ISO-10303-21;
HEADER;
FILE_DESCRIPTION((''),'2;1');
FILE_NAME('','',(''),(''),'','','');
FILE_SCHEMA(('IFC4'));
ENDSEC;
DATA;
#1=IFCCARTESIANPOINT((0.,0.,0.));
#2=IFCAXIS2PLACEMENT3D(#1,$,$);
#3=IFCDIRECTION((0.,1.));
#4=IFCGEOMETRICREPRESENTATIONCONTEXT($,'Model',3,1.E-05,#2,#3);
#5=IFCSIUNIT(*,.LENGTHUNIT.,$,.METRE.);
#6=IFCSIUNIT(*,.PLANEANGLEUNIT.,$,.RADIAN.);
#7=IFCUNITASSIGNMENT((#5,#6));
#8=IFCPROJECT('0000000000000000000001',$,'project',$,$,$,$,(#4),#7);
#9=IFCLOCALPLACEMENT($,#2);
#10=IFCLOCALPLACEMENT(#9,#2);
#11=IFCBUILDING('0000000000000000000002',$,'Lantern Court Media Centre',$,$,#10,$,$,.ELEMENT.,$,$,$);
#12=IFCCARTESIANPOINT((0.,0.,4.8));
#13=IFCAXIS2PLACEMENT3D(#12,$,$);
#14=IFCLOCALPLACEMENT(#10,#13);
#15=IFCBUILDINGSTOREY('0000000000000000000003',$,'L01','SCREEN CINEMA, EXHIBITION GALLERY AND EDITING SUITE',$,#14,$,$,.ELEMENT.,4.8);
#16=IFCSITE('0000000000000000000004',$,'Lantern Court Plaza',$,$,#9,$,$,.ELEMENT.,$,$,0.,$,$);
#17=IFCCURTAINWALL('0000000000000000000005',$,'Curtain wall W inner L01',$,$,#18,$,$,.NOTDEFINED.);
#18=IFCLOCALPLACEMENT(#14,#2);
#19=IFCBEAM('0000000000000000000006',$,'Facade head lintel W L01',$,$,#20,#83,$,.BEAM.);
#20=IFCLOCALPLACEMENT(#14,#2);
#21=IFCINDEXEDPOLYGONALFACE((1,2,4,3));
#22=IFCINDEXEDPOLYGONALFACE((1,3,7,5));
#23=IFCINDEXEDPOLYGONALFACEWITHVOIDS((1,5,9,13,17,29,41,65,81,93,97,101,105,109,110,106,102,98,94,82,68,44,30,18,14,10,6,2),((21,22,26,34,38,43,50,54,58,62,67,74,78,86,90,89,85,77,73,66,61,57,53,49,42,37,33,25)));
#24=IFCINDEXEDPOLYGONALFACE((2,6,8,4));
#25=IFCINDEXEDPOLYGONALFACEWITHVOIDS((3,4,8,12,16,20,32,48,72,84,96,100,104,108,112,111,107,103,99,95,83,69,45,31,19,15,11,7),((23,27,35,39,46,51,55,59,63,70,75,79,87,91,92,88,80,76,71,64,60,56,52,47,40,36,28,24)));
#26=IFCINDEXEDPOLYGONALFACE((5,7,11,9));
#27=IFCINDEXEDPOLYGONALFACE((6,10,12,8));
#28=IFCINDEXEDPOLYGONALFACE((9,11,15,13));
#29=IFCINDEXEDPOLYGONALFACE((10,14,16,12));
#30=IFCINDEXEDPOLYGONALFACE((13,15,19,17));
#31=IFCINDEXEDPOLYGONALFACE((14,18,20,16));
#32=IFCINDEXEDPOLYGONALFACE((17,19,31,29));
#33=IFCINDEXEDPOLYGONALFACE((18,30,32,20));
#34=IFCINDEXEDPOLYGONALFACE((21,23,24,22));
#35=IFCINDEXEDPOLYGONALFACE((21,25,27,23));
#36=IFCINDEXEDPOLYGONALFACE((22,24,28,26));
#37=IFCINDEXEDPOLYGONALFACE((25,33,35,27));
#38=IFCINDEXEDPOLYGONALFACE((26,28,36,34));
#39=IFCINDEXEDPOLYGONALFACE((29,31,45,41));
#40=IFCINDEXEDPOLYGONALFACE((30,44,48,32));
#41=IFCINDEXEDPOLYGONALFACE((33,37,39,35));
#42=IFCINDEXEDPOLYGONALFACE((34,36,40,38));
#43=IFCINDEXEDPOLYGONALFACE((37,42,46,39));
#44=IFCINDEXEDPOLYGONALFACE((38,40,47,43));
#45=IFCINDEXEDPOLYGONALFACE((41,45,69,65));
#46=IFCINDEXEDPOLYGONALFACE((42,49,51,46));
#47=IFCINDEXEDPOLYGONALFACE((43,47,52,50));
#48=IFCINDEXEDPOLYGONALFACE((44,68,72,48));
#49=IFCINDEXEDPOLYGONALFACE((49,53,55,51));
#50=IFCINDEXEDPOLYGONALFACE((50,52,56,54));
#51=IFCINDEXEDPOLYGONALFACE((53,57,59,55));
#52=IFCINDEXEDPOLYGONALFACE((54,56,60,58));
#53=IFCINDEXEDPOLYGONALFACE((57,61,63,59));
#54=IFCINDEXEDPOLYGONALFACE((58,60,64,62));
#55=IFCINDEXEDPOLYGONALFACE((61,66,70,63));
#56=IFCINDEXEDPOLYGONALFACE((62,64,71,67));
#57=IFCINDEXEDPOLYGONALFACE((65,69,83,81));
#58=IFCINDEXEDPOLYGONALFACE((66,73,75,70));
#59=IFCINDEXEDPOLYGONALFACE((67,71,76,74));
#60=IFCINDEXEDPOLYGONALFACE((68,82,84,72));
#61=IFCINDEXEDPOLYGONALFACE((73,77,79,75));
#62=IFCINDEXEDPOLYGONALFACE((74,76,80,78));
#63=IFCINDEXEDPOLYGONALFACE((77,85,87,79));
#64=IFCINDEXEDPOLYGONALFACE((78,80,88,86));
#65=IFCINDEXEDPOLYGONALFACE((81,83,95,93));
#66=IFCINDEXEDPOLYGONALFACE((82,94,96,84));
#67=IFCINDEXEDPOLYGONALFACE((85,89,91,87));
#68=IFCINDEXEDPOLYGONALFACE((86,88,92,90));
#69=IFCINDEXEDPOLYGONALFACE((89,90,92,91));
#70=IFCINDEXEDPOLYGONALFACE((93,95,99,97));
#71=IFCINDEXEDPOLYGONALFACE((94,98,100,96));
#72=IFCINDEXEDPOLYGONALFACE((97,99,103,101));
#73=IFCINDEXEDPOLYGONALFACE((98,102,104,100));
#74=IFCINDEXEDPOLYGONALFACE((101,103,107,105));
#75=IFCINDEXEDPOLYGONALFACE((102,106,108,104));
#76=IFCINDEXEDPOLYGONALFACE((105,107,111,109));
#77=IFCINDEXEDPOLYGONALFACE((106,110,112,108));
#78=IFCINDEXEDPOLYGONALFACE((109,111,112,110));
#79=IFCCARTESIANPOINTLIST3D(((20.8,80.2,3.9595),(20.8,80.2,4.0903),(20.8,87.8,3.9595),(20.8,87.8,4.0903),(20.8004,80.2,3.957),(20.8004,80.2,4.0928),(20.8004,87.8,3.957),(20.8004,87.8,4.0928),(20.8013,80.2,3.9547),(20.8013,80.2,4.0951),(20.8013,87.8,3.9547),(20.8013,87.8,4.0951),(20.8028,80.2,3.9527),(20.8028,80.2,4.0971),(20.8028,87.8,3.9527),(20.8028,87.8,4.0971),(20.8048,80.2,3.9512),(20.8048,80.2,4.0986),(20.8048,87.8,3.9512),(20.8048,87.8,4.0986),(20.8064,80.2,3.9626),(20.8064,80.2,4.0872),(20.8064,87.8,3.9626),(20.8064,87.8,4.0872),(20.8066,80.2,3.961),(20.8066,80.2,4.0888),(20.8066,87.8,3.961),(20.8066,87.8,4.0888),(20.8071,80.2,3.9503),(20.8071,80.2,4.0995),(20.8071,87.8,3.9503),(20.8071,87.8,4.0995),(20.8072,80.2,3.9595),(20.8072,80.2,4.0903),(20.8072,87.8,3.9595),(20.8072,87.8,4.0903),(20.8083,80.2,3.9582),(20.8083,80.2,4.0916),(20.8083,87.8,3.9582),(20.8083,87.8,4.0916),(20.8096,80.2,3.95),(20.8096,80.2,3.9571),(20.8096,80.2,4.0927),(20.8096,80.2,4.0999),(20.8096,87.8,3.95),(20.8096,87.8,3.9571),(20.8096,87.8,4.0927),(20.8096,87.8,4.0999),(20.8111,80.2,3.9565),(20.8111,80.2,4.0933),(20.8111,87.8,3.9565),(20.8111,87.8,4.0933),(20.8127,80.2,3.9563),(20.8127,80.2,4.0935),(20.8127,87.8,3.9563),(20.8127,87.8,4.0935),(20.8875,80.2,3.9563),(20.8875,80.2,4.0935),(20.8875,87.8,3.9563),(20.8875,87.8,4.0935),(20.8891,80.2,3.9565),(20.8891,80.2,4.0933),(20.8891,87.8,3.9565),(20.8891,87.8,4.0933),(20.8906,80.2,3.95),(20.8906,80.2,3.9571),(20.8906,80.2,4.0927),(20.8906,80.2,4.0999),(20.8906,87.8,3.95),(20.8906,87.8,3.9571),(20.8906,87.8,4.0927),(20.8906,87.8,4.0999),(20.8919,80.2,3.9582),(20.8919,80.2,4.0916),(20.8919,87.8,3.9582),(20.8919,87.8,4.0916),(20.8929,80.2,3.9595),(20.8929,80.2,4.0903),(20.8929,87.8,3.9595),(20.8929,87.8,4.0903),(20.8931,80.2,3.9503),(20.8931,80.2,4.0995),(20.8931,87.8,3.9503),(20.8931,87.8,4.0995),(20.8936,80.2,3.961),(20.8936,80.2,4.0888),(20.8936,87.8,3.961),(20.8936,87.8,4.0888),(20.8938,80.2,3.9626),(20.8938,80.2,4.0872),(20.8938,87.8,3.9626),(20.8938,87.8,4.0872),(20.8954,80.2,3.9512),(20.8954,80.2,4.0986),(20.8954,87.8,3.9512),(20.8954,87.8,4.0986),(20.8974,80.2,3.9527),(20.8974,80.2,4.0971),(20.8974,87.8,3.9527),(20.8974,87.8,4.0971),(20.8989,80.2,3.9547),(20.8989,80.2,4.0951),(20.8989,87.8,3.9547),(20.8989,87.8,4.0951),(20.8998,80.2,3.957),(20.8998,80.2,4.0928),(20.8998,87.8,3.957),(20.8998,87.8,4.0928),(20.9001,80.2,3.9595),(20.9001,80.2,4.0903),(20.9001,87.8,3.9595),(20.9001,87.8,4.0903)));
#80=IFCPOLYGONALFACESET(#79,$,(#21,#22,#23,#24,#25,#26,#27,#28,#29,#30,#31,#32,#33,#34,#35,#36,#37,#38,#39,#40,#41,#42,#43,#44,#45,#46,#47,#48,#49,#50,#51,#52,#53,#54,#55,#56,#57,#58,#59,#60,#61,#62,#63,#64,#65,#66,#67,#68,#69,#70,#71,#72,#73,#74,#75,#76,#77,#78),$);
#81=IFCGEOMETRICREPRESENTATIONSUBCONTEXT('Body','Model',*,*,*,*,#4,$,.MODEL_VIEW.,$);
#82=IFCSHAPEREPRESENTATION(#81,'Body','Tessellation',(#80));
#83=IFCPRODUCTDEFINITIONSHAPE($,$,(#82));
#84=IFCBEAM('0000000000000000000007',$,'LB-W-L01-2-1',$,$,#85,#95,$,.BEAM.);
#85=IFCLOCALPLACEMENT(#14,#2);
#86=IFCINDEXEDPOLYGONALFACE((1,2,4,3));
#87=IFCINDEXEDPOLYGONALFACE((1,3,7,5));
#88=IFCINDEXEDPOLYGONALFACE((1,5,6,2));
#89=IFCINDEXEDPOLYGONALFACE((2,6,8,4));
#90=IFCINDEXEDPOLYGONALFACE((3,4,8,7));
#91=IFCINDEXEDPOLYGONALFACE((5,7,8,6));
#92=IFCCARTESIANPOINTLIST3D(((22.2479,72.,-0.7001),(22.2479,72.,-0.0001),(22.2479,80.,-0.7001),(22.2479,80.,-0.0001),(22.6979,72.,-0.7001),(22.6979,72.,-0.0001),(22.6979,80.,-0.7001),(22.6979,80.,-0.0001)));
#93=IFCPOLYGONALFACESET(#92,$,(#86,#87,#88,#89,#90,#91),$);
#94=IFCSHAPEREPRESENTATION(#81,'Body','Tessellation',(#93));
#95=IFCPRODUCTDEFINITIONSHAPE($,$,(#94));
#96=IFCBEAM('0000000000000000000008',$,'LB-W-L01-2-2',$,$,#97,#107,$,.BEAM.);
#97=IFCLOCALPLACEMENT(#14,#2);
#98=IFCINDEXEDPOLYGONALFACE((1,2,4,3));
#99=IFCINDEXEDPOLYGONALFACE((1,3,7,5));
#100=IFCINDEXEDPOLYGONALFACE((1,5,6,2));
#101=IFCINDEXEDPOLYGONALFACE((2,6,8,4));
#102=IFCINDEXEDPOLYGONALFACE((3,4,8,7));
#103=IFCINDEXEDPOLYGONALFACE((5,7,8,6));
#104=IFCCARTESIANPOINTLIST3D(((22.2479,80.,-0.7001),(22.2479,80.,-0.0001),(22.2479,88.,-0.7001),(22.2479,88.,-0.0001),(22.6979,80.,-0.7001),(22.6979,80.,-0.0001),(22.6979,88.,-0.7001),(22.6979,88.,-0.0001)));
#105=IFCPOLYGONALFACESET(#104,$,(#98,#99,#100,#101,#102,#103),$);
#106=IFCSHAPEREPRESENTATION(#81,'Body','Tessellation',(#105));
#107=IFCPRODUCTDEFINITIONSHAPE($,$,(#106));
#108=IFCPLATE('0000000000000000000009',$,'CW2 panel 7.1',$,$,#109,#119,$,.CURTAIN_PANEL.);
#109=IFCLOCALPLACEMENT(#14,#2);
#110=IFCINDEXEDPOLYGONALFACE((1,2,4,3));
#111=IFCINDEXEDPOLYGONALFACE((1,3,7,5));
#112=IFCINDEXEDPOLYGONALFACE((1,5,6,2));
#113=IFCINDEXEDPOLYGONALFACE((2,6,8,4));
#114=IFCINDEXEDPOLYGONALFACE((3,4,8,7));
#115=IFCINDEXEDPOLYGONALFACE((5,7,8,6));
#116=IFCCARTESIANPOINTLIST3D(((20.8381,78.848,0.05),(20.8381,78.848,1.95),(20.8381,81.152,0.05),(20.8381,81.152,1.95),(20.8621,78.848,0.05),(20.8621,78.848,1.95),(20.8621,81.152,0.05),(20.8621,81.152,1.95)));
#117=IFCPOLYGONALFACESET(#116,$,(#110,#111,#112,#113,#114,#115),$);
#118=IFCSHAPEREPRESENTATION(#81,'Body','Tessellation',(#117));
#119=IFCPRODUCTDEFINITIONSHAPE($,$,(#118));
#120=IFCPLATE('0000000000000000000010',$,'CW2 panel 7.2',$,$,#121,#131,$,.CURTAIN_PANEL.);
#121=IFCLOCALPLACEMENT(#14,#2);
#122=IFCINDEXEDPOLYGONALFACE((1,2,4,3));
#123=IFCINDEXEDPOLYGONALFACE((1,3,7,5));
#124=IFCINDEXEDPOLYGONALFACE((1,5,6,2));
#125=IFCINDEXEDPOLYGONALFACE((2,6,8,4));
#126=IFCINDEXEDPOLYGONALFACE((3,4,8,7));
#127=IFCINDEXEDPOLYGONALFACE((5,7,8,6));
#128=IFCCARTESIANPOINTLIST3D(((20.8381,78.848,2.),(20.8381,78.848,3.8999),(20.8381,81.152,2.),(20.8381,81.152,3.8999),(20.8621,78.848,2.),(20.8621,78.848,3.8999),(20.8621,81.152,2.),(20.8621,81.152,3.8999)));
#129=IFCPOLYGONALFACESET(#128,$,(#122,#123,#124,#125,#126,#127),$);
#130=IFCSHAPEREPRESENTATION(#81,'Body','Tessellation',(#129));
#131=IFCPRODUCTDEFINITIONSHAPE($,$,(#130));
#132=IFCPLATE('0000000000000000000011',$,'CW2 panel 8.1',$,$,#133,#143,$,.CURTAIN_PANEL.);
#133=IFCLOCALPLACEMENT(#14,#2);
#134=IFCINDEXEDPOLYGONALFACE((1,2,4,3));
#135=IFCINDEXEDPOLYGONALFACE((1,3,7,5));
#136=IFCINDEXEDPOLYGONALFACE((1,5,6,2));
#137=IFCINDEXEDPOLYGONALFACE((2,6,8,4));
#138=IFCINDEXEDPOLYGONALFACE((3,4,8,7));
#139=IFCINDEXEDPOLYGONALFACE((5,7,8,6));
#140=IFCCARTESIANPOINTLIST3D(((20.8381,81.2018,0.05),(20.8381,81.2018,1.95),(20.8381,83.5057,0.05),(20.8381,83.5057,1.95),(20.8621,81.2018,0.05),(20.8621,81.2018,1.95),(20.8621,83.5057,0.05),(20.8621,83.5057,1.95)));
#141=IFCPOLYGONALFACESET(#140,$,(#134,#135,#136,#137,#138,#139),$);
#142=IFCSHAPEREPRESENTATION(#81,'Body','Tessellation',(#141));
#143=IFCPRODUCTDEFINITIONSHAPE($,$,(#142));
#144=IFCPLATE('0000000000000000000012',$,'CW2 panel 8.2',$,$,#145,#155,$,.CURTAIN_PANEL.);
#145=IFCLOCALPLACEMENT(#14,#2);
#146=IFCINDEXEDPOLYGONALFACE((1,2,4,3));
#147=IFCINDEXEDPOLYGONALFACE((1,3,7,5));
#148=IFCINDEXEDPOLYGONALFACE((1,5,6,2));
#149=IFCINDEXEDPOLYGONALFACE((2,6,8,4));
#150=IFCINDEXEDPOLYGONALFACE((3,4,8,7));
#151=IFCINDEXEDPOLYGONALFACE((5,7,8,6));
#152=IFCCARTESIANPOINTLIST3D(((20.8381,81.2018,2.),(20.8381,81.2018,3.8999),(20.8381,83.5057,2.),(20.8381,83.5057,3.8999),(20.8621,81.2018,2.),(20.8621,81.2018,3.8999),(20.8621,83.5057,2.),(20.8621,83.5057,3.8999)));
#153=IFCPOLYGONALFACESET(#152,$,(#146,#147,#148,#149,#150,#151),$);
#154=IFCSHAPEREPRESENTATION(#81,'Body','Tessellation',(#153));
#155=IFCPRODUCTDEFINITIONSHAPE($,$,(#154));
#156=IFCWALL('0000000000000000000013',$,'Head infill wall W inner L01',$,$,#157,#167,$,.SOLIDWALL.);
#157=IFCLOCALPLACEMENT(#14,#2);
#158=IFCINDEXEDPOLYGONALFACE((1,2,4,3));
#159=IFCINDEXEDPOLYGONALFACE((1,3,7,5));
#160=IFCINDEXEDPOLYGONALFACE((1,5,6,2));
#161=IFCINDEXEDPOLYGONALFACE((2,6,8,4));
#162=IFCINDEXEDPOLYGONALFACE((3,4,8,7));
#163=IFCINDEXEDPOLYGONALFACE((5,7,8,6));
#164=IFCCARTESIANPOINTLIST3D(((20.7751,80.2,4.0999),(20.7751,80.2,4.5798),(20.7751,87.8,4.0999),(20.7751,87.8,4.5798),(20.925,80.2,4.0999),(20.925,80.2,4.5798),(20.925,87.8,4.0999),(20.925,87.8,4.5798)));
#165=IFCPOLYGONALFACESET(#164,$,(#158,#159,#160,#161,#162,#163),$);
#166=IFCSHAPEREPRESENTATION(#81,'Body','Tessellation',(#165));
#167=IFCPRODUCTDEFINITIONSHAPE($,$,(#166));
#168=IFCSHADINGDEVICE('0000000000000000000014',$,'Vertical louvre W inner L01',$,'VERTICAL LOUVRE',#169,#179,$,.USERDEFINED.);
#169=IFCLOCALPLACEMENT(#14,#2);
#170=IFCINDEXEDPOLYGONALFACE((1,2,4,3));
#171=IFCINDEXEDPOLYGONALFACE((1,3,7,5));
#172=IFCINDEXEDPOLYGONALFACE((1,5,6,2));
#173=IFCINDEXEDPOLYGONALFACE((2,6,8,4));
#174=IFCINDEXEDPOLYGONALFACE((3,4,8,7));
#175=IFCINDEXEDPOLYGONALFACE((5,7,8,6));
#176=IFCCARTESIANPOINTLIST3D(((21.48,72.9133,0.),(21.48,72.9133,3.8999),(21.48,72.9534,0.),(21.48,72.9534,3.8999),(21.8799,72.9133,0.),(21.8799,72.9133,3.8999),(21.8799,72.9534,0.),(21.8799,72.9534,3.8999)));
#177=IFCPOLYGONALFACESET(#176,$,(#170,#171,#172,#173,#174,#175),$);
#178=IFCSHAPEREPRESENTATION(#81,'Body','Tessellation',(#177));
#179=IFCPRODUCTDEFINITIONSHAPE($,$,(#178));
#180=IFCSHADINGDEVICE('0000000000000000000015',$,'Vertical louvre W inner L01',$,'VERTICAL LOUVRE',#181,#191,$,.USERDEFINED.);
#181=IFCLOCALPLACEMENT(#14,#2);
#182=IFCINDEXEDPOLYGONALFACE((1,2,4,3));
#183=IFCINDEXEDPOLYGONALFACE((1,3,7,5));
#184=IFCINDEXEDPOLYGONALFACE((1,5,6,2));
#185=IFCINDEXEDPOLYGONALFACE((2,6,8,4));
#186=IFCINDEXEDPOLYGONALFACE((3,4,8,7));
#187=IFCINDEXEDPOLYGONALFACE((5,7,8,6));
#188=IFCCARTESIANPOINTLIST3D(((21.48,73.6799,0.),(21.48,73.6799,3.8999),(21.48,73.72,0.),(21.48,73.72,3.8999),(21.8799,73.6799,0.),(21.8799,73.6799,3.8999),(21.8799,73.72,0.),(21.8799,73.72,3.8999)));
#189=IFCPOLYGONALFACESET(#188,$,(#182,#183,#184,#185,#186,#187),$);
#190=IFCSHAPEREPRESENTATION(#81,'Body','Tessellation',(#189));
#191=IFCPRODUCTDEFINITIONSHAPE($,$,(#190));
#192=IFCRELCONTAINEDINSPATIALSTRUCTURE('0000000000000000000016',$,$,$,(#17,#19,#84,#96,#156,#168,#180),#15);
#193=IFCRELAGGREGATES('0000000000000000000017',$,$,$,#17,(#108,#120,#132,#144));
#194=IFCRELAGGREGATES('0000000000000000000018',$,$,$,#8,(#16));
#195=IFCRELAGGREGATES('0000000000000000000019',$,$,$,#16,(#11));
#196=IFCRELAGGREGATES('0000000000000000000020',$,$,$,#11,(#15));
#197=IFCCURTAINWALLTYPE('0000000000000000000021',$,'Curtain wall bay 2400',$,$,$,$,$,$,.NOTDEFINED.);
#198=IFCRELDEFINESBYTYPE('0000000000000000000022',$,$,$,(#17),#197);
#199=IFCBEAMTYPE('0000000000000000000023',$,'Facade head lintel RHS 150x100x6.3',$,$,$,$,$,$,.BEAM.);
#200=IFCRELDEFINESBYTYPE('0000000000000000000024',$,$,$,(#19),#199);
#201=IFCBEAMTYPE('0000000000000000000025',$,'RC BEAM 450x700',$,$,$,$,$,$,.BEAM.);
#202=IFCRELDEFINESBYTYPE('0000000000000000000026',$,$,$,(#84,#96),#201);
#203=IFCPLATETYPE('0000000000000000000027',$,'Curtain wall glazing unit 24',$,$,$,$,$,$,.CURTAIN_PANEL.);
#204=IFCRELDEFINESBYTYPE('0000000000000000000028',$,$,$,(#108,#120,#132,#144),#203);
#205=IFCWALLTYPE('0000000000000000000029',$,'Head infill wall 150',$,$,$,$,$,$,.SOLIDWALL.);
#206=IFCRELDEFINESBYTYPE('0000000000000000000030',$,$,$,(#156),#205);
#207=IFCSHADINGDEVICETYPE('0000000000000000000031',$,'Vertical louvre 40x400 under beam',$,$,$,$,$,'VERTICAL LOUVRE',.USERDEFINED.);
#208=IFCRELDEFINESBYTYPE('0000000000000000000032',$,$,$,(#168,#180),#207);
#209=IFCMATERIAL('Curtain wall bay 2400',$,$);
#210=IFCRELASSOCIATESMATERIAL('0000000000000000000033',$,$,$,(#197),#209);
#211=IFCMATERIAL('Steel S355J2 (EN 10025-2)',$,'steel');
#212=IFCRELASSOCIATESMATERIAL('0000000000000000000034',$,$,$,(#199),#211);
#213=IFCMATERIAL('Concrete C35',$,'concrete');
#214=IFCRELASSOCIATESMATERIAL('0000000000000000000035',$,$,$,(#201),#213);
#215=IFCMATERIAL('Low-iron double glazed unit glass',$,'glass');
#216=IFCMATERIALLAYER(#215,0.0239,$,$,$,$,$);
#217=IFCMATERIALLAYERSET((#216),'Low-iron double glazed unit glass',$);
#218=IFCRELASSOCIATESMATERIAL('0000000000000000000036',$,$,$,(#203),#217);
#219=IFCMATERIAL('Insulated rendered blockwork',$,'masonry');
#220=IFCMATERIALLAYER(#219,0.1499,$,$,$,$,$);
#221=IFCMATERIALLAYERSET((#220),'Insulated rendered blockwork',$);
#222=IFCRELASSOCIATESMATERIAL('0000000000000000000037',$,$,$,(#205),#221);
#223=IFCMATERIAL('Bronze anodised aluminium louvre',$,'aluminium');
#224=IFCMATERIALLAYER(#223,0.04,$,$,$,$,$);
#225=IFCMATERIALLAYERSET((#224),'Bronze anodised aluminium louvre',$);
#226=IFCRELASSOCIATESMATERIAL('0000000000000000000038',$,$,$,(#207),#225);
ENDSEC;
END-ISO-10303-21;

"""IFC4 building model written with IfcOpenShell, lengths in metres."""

from ifc_helpers import new_model, si_unit, direction, frame, frame_2d, origin, origin_2d, place, context, subcontext, project, spatial, rectangle, hollow_rectangle, extrude, material, layer, layer_set, material_profile, profile_set, type_object, element, aggregate, save


model = new_model("IFC4")

# Units and contexts
model_context = context("Model", 3, precision=1e-05, world=origin(), true_north=direction((0.0, 1.0)))
body_context = subcontext(model_context, "Body", "Model", "MODEL_VIEW")
ifc_project = project(units=[si_unit("LENGTHUNIT", "METRE"), si_unit("PLANEANGLEUNIT", "RADIAN")], contexts=[model_context])

# Site, building, storey
site_placement = place(None, origin())
site = spatial("IfcSite", under=ifc_project, at=site_placement, Name="Lantern Court Plaza", CompositionType="ELEMENT", RefElevation=0.0)
building_placement = place(site_placement, origin())
building = spatial("IfcBuilding", under=site, at=building_placement, Name="Lantern Court Media Centre", CompositionType="ELEMENT")
storey_placement = place(building_placement, frame((0.0, 0.0, 4.8)))
storey = spatial("IfcBuildingStorey", under=building, at=storey_placement, Name="L01", Description="SCREEN CINEMA, EXHIBITION GALLERY AND EDITING SUITE", CompositionType="ELEMENT", Elevation=4.8)

# Shared definitions
ifc_material_1 = material(Name="Concrete C35", Category="concrete")

# Curtain wall
ifc_material_2 = material(Name="Curtain wall bay 2400")
curtain_wall_type = type_object("IfcCurtainWallType", Name="Curtain wall bay 2400", PredefinedType="NOTDEFINED", material=ifc_material_2)
curtain_wall_placement = place(storey_placement, origin())
curtain_wall = element("IfcCurtainWall", 1, at=curtain_wall_placement, inside=storey, type_object=curtain_wall_type, Name="Curtain wall W inner L01", PredefinedType="NOTDEFINED")

# Beams
ifc_material_3 = material(Name="Steel S355J2 (EN 10025-2)", Category="steel")
ifc_material_profile_1 = material_profile(ifc_material_3, hollow_rectangle(XDim=0.1001, YDim=0.1499, WallThickness=0.0063, InnerFilletRadius=0.0063, OuterFilletRadius=0.0095, at=origin_2d()), Name="Facade head lintel RHS 150x100x6.3")
ifc_profile_set_1 = profile_set([ifc_material_profile_1], Name="Steel S355J2 (EN 10025-2)")
beam_type_1 = type_object("IfcBeamType", Name="Facade head lintel RHS 150x100x6.3", PredefinedType="BEAM", material=ifc_profile_set_1)
beam_placement = place(storey_placement, frame((20.8501, 80.2, 4.0249), z_axis=(0.0, 1.0, 0.0), x_axis=(-1.0, 0.0, 0.0)))
element("IfcBeam", 2, at=beam_placement, inside=storey, type_object=beam_type_1, Name="Facade head lintel W L01", PredefinedType="BEAM", context=body_context, shape_type="SweptSolid", body=[
    extrude(hollow_rectangle(XDim=0.1001, YDim=0.1499, WallThickness=0.0063, InnerFilletRadius=0.0063, OuterFilletRadius=0.0095, at=origin_2d()), origin(), (0.0, 0.0, 1.0), 7.6001),
])
ifc_material_profile_2 = material_profile(ifc_material_1, rectangle(XDim=0.45, YDim=0.7, at=origin_2d()), Name="RC 450x700")
ifc_profile_set_2 = profile_set([ifc_material_profile_2], Name="Concrete C35")
beam_type_2 = type_object("IfcBeamType", Name="RC BEAM 450x700", PredefinedType="BEAM", material=ifc_profile_set_2)
for number, where, z_axis, x_axis, name in (
    (3, (22.4729, 72.0, -0.3501), (0.0, 1.0, 0.0), (-1.0, 0.0, 0.0), "LB-W-L01-2-1"),
    (4, (22.4729, 80.0, -0.3501), (0.0, 1.0, 0.0), (-1.0, 0.0, 0.0), "LB-W-L01-2-2"),
):
    element("IfcBeam", number, at=place(storey_placement, frame(where, z_axis=z_axis, x_axis=x_axis)), inside=storey, type_object=beam_type_2, Name=name, PredefinedType="BEAM", context=body_context, shape_type="SweptSolid", body=[
        extrude(rectangle(XDim=0.45, YDim=0.7, at=origin_2d()), origin(), (0.0, 0.0, 1.0), 8.0),
    ])

# Plates
ifc_material_4 = material(Name="Low-iron double glazed unit glass", Category="glass")
ifc_layer_1 = layer(ifc_material_4, 0.0239)
ifc_layer_set_1 = layer_set([ifc_layer_1], Name="Low-iron double glazed unit glass")
plate_type = type_object("IfcPlateType", Name="Curtain wall glazing unit 24", PredefinedType="CURTAIN_PANEL", material=ifc_layer_set_1)
plate_1_placement = place(storey_placement, frame((20.8501, 80.0, 0.05), z_axis=(0.0, 0.0, 1.0), x_axis=(0.0, 1.0, 0.0)))
plate_1 = element("IfcPlate", 5, at=plate_1_placement, type_object=plate_type, Name="CW2 panel 7.1", PredefinedType="CURTAIN_PANEL", context=body_context, shape_type="SweptSolid", body=[
    extrude(rectangle(XDim=2.304, YDim=0.0239, at=origin_2d()), origin(), (0.0, 0.0, 1.0), 1.8999),
])
plate_2_placement = place(storey_placement, frame((20.8501, 80.0, 2.0), z_axis=(0.0, 0.0, 1.0), x_axis=(0.0, 1.0, 0.0)))
plate_2 = element("IfcPlate", 6, at=plate_2_placement, type_object=plate_type, Name="CW2 panel 7.2", PredefinedType="CURTAIN_PANEL", context=body_context, shape_type="SweptSolid", body=[
    extrude(rectangle(XDim=2.304, YDim=0.0239, at=origin_2d()), origin(), (0.0, 0.0, 1.0), 1.8999),
])
plate_3_placement = place(storey_placement, frame((20.8501, 82.3538, 0.05), z_axis=(0.0, 0.0, 1.0), x_axis=(0.0, 1.0, 0.0)))
plate_3 = element("IfcPlate", 7, at=plate_3_placement, type_object=plate_type, Name="CW2 panel 8.1", PredefinedType="CURTAIN_PANEL", context=body_context, shape_type="SweptSolid", body=[
    extrude(rectangle(XDim=2.304, YDim=0.0239, at=origin_2d()), origin(), (0.0, 0.0, 1.0), 1.8999),
])
plate_4_placement = place(storey_placement, frame((20.8501, 82.3538, 2.0), z_axis=(0.0, 0.0, 1.0), x_axis=(0.0, 1.0, 0.0)))
plate_4 = element("IfcPlate", 8, at=plate_4_placement, type_object=plate_type, Name="CW2 panel 8.2", PredefinedType="CURTAIN_PANEL", context=body_context, shape_type="SweptSolid", body=[
    extrude(rectangle(XDim=2.304, YDim=0.0239, at=origin_2d()), origin(), (0.0, 0.0, 1.0), 1.8999),
])
aggregate(curtain_wall, [plate_1, plate_2, plate_3, plate_4])

# Wall
ifc_material_5 = material(Name="Insulated rendered blockwork", Category="masonry")
ifc_layer_2 = layer(ifc_material_5, 0.1499)
ifc_layer_set_2 = layer_set([ifc_layer_2], Name="Insulated rendered blockwork")
wall_type = type_object("IfcWallType", Name="Head infill wall 150", PredefinedType="SOLIDWALL", material=ifc_layer_set_2)
wall_placement = place(storey_placement, frame((20.8501, 80.2, 4.0999), z_axis=(0.0, 0.0, 1.0), x_axis=(0.0, 1.0, 0.0)))
element("IfcWall", 9, at=wall_placement, inside=storey, type_object=wall_type, Name="Head infill wall W inner L01", PredefinedType="SOLIDWALL", context=body_context, shape_type="SweptSolid", body=[
    extrude(rectangle(XDim=7.6001, YDim=0.1499, at=frame_2d((3.8, 0.0))), origin(), (0.0, 0.0, 1.0), 0.48),
])

# Shading devices
ifc_material_6 = material(Name="Bronze anodised aluminium louvre", Category="aluminium")
ifc_layer_3 = layer(ifc_material_6, 0.04)
ifc_layer_set_3 = layer_set([ifc_layer_3], Name="Bronze anodised aluminium louvre")
shading_device_type = type_object("IfcShadingDeviceType", Name="Vertical louvre 40x400 under beam", ElementType="VERTICAL LOUVRE", PredefinedType="USERDEFINED", material=ifc_layer_set_3)
for number, where, z_axis, x_axis, name in (
    (10, (21.6799, 72.9333, 0.0), (0.0, 0.0, 1.0), (1.0, 0.0, 0.0), "Vertical louvre W inner L01"),
    (11, (21.6799, 73.7, 0.0), (0.0, 0.0, 1.0), (1.0, 0.0, 0.0), "Vertical louvre W inner L01"),
):
    element("IfcShadingDevice", number, at=place(storey_placement, frame(where, z_axis=z_axis, x_axis=x_axis)), inside=storey, type_object=shading_device_type, Name=name, ObjectType="VERTICAL LOUVRE", PredefinedType="USERDEFINED", context=body_context, shape_type="SweptSolid", body=[
        extrude(rectangle(XDim=0.3999, YDim=0.04, at=origin_2d()), origin(), (0.0, 0.0, 1.0), 3.8999),
    ])

save(model, "model.ifc")
